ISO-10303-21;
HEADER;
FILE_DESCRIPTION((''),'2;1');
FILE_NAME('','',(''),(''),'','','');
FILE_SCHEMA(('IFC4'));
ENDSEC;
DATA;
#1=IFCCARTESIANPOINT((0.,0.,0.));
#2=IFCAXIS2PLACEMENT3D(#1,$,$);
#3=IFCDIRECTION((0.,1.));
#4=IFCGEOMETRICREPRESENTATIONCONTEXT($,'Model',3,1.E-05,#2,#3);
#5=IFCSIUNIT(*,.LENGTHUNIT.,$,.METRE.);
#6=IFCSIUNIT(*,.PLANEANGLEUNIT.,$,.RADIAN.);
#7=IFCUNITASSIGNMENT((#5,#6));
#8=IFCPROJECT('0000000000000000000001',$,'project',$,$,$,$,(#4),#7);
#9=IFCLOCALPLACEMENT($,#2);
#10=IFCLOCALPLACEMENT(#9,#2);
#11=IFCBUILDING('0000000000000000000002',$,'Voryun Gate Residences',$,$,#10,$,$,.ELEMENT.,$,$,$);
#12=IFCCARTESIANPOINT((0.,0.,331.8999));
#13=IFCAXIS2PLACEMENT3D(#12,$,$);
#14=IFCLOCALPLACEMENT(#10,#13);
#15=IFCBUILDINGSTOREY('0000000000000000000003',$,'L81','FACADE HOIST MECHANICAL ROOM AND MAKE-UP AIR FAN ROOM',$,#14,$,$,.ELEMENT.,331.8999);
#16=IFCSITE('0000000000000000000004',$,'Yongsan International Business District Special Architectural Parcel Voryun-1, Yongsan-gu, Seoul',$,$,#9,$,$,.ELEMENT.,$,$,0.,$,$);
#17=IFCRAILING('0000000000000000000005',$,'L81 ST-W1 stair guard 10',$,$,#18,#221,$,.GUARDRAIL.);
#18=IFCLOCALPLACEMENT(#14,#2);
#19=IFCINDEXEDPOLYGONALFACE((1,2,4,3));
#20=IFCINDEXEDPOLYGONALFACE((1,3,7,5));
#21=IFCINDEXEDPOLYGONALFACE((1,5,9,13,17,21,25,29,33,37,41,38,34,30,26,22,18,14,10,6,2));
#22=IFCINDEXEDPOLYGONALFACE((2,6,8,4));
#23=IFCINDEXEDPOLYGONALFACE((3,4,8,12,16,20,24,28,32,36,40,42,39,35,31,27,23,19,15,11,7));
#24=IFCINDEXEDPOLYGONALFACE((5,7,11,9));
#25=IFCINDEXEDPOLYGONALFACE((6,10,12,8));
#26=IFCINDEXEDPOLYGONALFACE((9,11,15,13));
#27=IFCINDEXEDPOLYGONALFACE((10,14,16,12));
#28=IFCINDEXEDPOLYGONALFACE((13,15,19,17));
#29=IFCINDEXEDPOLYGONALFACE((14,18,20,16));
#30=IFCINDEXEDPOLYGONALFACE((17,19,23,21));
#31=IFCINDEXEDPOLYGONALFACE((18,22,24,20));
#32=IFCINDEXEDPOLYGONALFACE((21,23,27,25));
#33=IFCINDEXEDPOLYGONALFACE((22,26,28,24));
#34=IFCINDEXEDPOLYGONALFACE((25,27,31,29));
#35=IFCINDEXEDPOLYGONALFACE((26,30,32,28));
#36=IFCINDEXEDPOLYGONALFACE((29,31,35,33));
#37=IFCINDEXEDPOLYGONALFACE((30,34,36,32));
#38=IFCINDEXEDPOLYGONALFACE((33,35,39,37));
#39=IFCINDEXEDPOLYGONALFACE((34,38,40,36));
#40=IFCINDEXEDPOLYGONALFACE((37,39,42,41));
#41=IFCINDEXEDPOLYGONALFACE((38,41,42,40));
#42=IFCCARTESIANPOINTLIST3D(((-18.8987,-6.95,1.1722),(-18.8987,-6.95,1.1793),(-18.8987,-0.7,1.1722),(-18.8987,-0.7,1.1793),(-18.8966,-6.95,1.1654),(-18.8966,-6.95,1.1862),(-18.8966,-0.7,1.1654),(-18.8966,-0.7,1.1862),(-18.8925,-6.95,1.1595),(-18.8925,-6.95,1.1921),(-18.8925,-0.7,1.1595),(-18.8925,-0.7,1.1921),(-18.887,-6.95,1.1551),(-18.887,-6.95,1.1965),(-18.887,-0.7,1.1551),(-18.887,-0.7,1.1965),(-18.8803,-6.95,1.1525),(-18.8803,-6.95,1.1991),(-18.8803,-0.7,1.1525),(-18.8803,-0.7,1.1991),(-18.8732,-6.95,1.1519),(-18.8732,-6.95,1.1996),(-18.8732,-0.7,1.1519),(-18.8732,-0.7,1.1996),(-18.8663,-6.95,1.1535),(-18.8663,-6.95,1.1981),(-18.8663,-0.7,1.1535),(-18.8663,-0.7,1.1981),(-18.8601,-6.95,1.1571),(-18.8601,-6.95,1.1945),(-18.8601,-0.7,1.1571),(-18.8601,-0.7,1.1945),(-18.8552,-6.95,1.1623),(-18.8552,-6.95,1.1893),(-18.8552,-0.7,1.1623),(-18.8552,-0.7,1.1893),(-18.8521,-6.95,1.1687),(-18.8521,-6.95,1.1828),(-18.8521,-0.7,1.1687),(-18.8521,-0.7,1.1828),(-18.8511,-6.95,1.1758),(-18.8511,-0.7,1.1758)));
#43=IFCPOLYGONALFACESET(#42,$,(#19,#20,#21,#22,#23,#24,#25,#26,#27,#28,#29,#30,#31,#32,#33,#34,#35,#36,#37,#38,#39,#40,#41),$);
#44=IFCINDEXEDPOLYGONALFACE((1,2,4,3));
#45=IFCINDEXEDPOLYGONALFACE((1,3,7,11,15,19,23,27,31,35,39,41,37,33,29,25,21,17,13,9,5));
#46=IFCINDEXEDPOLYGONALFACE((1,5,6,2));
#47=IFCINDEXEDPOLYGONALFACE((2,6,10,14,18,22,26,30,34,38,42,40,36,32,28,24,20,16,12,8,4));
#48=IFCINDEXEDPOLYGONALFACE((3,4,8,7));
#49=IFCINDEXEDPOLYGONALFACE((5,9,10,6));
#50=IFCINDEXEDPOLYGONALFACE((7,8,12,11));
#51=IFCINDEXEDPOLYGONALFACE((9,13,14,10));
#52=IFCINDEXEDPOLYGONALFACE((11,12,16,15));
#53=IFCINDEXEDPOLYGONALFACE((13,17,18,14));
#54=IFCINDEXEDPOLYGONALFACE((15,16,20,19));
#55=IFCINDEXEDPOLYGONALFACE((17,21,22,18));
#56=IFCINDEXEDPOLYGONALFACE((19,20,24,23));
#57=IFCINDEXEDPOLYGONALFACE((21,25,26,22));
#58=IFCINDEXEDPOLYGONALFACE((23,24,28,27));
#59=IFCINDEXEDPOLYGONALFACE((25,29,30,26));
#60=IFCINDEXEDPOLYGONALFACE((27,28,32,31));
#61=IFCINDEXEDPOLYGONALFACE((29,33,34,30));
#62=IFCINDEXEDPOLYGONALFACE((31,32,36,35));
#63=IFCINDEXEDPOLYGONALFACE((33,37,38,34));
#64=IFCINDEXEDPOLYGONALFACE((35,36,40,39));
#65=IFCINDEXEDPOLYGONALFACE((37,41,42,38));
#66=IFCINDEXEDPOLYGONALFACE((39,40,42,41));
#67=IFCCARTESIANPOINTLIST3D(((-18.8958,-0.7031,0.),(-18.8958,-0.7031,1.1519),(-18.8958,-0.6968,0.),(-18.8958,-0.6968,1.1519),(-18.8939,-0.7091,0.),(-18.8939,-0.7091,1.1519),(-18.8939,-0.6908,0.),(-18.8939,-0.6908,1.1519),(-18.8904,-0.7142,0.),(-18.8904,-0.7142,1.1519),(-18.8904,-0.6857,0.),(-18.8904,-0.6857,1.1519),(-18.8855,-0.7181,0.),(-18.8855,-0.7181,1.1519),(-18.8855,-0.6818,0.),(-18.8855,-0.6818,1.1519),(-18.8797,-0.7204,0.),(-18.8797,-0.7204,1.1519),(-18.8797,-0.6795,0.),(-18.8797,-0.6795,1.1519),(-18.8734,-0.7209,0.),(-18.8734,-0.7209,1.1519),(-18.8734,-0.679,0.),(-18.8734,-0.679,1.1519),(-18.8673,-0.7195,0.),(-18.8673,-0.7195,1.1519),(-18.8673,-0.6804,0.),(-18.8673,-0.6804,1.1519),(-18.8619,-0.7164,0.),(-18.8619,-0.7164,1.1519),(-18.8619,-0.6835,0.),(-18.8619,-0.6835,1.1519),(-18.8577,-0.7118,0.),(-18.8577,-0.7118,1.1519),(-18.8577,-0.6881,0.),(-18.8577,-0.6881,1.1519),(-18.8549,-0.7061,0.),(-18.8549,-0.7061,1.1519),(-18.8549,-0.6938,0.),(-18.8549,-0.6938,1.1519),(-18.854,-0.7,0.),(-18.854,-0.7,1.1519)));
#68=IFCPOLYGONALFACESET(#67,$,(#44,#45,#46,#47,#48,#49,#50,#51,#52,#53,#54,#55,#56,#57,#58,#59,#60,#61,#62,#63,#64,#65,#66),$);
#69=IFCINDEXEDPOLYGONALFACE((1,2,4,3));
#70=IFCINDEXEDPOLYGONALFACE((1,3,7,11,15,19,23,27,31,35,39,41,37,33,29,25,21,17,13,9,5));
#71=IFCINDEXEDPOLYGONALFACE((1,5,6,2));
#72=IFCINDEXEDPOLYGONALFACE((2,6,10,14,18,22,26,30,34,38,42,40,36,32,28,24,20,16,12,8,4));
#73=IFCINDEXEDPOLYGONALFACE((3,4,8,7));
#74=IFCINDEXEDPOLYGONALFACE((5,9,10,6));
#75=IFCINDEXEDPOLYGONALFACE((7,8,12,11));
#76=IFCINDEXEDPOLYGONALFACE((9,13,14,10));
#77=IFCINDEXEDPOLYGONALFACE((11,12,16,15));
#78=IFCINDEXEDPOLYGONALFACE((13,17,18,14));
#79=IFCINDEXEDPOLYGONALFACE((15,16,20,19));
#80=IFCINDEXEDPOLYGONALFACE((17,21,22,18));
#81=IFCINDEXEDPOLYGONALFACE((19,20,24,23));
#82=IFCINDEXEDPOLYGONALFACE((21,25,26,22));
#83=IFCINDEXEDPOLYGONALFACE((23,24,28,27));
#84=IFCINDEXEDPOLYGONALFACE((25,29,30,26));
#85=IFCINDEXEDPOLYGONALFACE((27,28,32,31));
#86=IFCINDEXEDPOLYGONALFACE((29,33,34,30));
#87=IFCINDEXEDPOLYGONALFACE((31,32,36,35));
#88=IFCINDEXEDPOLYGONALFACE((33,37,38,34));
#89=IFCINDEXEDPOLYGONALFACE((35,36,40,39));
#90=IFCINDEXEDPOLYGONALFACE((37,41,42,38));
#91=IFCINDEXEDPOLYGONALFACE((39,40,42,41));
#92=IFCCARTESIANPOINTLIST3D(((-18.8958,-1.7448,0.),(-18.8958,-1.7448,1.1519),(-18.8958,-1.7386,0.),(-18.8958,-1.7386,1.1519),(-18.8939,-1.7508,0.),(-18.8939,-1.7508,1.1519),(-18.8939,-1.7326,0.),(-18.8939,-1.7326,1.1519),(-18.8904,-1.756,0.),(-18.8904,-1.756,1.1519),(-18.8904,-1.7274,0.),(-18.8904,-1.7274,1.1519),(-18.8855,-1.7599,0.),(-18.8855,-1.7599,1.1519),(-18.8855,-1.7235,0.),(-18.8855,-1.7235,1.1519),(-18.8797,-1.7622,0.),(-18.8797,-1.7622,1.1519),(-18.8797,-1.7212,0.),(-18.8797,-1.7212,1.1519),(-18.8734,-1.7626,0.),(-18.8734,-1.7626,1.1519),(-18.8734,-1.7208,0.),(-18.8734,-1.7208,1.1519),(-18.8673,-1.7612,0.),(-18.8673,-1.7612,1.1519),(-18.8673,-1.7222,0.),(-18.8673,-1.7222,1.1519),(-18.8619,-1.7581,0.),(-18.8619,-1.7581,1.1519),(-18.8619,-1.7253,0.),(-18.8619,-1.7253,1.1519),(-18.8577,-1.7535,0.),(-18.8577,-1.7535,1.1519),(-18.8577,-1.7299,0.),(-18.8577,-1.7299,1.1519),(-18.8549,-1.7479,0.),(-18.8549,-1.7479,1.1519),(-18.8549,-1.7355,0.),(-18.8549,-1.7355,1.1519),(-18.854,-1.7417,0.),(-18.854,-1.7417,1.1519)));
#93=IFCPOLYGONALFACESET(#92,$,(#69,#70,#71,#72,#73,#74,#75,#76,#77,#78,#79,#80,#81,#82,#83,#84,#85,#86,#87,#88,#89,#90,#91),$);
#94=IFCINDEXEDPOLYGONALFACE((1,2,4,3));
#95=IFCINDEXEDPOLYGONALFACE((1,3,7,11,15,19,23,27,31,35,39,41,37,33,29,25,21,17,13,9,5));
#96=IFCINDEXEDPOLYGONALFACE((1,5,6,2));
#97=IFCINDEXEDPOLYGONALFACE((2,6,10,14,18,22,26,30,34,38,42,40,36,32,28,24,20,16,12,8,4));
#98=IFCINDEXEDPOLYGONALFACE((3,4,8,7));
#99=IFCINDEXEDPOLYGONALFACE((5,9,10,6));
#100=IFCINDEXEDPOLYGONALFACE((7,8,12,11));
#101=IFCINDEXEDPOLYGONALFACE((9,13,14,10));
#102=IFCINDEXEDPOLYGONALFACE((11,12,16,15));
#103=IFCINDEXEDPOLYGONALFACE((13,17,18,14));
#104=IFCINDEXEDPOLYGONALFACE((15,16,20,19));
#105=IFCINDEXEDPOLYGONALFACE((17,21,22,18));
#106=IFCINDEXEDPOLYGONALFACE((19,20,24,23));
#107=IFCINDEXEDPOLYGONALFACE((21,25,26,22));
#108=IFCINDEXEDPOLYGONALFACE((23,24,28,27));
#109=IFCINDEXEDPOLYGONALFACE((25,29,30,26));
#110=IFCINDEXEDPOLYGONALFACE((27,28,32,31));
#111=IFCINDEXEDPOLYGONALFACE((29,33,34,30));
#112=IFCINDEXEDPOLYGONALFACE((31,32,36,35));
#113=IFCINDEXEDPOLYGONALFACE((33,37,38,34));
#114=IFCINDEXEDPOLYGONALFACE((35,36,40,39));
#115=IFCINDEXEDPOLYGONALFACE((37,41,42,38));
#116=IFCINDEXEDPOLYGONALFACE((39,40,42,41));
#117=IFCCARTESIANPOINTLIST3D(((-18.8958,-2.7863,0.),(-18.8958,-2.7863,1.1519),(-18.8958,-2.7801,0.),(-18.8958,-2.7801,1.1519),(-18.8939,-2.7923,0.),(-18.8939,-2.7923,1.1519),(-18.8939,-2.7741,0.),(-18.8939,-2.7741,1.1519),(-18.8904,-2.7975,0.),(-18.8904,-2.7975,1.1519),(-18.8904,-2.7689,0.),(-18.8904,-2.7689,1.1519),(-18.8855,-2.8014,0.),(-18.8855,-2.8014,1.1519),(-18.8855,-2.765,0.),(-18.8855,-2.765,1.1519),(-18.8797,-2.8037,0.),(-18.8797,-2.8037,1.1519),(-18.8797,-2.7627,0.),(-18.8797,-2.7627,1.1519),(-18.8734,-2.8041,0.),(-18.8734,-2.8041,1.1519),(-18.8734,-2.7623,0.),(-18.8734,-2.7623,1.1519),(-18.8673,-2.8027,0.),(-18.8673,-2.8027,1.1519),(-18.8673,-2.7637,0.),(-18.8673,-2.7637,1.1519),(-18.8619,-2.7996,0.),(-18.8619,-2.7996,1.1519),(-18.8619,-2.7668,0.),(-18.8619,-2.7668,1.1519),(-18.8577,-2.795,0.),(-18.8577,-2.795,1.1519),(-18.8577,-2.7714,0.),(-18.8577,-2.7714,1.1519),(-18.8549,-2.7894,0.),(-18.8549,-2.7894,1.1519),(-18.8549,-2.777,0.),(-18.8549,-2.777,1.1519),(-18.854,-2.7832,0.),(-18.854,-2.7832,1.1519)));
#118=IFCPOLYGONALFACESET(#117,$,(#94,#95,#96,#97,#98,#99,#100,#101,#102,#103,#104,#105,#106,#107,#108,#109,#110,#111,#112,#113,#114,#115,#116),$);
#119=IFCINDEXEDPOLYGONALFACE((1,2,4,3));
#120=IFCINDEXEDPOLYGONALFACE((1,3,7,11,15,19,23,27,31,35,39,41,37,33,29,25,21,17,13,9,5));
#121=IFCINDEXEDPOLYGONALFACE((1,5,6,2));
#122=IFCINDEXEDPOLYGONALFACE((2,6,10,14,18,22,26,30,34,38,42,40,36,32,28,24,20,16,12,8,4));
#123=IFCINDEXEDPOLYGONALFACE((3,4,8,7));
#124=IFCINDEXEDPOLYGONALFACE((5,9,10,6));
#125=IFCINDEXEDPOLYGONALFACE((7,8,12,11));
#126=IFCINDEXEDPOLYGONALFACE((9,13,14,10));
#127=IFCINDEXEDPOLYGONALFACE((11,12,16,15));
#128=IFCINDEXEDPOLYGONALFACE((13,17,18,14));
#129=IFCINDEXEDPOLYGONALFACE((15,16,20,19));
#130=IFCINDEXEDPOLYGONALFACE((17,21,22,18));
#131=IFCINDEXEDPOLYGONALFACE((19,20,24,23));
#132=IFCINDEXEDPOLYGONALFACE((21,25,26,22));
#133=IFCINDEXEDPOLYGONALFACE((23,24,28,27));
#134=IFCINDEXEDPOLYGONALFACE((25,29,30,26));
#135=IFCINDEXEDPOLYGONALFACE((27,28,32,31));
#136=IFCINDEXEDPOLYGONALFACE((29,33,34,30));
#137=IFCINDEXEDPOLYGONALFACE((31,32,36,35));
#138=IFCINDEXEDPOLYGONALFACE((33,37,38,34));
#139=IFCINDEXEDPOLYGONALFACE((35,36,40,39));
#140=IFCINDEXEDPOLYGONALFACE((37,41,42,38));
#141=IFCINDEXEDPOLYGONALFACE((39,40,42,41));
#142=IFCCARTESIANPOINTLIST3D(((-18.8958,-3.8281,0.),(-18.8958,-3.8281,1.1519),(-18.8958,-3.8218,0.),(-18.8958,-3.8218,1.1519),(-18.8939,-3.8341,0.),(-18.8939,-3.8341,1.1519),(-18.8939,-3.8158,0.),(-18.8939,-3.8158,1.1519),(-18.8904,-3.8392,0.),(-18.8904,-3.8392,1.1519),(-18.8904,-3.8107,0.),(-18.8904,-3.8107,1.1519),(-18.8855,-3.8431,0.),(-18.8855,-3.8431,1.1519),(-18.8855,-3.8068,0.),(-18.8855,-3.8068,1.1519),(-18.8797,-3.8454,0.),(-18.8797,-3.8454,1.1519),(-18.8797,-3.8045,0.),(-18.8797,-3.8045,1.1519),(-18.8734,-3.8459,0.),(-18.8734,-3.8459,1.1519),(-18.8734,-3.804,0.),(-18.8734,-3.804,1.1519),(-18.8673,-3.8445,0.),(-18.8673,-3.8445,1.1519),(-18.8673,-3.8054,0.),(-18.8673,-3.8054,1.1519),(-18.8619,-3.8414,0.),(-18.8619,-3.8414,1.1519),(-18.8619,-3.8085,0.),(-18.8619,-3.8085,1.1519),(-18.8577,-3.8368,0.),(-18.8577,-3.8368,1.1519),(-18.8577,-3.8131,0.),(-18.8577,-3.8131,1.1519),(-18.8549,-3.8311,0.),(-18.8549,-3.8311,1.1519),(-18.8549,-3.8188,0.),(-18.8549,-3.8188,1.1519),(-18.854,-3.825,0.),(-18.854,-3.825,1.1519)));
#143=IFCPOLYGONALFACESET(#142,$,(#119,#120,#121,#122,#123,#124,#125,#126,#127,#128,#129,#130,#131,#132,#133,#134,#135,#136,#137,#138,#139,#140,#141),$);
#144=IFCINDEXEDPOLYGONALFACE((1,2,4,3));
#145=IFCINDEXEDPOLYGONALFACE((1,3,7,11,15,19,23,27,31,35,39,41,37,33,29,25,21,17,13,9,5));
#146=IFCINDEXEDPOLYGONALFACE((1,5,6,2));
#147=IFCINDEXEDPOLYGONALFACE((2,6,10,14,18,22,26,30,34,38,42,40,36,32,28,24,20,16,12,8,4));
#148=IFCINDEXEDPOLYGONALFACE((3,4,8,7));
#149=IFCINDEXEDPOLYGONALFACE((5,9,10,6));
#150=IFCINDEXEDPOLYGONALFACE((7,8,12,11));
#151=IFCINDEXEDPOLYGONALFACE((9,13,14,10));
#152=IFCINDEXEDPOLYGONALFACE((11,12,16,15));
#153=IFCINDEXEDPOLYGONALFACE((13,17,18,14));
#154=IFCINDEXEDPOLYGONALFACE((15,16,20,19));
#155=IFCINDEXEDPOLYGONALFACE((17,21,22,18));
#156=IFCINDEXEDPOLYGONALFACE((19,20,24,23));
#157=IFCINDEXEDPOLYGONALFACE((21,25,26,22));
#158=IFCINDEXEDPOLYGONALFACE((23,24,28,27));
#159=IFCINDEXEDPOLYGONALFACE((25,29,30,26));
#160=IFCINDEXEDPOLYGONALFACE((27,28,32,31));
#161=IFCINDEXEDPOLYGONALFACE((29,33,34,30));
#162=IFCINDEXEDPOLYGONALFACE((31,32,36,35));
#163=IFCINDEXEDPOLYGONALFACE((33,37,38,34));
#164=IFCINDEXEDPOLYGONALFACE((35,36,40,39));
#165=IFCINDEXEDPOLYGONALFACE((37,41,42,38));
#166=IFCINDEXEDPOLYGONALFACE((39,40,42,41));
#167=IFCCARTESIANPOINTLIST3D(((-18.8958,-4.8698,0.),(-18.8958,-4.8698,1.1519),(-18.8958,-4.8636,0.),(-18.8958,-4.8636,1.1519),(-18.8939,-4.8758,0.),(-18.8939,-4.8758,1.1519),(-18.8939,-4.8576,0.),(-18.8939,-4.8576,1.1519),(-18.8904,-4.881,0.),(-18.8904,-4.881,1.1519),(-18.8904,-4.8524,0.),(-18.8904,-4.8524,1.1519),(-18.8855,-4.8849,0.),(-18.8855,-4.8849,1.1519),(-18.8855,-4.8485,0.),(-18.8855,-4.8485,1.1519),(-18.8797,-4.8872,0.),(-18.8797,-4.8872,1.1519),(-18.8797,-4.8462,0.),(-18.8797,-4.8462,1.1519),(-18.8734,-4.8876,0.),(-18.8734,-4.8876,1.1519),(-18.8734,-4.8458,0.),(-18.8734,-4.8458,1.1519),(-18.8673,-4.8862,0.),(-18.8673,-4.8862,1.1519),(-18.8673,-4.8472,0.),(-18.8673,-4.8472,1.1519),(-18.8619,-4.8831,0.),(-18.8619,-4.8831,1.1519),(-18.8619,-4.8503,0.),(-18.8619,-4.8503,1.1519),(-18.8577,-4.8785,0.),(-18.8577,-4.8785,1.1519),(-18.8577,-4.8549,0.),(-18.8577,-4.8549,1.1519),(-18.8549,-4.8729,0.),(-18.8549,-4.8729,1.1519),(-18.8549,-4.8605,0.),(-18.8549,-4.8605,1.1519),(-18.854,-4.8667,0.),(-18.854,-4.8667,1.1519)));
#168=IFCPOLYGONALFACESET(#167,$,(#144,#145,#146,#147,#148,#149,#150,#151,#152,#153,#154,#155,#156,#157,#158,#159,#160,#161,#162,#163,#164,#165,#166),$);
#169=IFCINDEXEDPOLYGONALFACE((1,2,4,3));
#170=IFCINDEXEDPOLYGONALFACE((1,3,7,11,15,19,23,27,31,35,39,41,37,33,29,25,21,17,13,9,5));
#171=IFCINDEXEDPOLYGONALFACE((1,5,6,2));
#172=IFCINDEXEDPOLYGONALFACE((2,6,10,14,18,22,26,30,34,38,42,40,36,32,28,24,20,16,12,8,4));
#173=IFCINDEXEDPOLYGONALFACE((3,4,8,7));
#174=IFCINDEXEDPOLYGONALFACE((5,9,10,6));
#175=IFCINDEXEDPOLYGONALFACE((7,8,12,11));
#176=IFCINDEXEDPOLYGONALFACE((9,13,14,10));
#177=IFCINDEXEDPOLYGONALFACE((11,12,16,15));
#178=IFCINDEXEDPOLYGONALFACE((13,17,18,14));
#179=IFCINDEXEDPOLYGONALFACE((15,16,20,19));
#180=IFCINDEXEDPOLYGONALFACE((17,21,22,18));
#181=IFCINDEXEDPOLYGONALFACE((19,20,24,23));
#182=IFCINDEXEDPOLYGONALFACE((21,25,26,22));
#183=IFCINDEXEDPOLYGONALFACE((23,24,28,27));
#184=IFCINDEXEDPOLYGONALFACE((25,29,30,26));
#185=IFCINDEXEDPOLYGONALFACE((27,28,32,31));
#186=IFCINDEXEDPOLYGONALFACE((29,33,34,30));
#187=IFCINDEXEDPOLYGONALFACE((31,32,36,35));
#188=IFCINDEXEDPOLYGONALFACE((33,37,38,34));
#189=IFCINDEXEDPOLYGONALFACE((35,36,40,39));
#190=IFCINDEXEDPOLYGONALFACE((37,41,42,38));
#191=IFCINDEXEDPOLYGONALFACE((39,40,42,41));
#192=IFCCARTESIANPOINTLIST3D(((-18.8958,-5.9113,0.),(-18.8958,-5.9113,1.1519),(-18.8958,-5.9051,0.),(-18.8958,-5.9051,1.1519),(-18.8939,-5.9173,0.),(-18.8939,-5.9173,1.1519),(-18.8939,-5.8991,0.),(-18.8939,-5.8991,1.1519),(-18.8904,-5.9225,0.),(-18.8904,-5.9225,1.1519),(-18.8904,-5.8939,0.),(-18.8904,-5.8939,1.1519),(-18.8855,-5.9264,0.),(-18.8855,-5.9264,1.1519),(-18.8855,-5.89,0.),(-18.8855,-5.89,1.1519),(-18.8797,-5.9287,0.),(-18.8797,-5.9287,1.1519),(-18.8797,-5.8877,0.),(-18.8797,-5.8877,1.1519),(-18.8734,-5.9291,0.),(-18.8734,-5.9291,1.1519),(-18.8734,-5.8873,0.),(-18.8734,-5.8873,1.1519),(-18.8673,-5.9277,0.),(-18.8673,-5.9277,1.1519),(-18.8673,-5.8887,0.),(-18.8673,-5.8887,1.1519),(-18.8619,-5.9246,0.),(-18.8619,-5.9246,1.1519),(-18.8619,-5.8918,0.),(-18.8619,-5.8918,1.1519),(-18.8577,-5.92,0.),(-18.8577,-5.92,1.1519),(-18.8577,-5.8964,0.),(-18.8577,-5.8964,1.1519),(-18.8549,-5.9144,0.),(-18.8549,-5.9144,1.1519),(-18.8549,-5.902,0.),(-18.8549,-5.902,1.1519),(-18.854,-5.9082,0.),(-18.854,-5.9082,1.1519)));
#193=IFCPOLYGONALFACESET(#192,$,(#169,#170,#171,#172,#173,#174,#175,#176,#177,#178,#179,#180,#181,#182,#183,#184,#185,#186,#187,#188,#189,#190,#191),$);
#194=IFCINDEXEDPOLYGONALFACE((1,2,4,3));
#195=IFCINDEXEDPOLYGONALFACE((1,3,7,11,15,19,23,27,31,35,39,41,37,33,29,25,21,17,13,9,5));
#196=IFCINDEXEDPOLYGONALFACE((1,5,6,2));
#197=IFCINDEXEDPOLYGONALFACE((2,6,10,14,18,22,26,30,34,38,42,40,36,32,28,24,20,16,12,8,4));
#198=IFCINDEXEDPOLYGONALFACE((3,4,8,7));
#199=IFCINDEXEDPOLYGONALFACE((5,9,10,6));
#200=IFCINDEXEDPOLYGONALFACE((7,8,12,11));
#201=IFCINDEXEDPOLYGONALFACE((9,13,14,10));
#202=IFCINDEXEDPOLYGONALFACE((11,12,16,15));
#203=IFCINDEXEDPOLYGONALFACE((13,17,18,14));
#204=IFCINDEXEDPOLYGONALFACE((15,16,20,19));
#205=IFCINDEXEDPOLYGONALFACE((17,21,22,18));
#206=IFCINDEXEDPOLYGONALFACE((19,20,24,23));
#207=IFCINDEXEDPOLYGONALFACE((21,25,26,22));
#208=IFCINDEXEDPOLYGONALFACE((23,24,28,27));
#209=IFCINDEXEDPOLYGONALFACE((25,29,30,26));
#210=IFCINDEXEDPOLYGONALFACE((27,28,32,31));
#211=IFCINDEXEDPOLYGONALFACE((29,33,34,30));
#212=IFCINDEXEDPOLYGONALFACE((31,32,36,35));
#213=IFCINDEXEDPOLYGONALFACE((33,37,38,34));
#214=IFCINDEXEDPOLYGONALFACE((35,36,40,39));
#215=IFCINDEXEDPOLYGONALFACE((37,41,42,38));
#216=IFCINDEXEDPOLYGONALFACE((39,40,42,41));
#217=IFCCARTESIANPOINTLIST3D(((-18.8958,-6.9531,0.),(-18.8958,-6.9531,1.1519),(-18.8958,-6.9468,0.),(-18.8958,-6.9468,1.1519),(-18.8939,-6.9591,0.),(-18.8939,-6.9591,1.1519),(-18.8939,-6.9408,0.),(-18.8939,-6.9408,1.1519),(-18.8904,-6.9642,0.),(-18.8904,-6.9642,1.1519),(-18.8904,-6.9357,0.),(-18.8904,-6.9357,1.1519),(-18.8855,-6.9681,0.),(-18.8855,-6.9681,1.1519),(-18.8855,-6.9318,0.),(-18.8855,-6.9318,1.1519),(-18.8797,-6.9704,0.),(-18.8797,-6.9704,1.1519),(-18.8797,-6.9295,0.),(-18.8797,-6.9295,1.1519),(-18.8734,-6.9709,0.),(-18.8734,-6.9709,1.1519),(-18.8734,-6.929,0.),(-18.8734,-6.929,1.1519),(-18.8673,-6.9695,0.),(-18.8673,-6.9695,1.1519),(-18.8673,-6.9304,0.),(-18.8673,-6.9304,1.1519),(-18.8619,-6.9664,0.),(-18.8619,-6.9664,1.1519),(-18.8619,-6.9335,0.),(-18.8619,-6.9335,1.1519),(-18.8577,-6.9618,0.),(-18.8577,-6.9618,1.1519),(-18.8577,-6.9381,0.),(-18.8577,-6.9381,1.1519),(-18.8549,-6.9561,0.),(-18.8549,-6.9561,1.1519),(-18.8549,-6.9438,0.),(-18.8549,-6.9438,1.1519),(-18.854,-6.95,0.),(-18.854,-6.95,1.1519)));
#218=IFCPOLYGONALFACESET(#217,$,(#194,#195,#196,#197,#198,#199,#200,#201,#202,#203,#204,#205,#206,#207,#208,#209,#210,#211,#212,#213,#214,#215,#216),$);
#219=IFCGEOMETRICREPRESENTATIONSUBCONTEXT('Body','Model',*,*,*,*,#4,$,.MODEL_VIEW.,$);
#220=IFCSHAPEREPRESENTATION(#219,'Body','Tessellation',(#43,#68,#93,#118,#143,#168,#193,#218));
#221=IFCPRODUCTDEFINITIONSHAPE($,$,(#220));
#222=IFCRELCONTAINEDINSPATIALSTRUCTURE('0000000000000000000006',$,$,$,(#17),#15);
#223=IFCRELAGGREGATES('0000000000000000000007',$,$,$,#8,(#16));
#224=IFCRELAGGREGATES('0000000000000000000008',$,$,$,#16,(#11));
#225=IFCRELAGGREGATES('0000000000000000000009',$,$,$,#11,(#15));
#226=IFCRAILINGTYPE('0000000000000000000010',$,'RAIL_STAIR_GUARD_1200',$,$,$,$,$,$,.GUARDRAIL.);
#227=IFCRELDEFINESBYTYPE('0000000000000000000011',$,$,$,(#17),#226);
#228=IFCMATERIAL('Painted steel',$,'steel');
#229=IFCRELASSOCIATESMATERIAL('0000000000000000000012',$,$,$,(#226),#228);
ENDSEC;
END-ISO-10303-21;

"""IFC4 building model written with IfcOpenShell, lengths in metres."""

from ifc_helpers import new_model, si_unit, direction, frame, origin, origin_2d, place, context, subcontext, project, spatial, circle, extrude, material, type_object, element, save


model = new_model("IFC4")

# Units and contexts
model_context = context("Model", 3, precision=1e-05, world=origin(), true_north=direction((0.0, 1.0)))
body_context = subcontext(model_context, "Body", "Model", "MODEL_VIEW")
ifc_project = project(units=[si_unit("LENGTHUNIT", "METRE"), si_unit("PLANEANGLEUNIT", "RADIAN")], contexts=[model_context])

# Site, building, storey
site_placement = place(None, origin())
site = spatial("IfcSite", under=ifc_project, at=site_placement, Name="Yongsan International Business District Special Architectural Parcel Voryun-1, Yongsan-gu, Seoul", CompositionType="ELEMENT", RefElevation=0.0)
building_placement = place(site_placement, origin())
building = spatial("IfcBuilding", under=site, at=building_placement, Name="Voryun Gate Residences", CompositionType="ELEMENT")
storey_placement = place(building_placement, frame((0.0, 0.0, 331.8999)))
storey = spatial("IfcBuildingStorey", under=building, at=storey_placement, Name="L81", Description="FACADE HOIST MECHANICAL ROOM AND MAKE-UP AIR FAN ROOM", CompositionType="ELEMENT", Elevation=331.8999)

# Railing
ifc_material_1 = material(Name="Painted steel", Category="steel")
railing_type = type_object("IfcRailingType", Name="RAIL_STAIR_GUARD_1200", PredefinedType="GUARDRAIL", material=ifc_material_1)
railing_1_placement = place(storey_placement, frame((-18.875, -0.7, 0.0)))
element("IfcRailing", 1, at=railing_1_placement, inside=storey, type_object=railing_type, Name="L81 ST-W1 stair guard 10", PredefinedType="GUARDRAIL", context=body_context, shape_type="SweptSolid", body=[
    extrude(circle(Radius=0.0239, at=origin_2d()), frame((0.0, 0.0, 1.1758), z_axis=(0.0, -1.0, 0.0), x_axis=(1.0, 0.0, 0.0)), (0.0, 0.0, 1.0), 6.25),
    extrude(circle(Radius=0.021, at=origin_2d()), origin(), (0.0, 0.0, 1.0), 1.1519),
    extrude(circle(Radius=0.021, at=origin_2d()), frame((0.0, -1.0417, 0.0)), (0.0, 0.0, 1.0), 1.1519),
    extrude(circle(Radius=0.021, at=origin_2d()), frame((0.0, -2.0833, 0.0)), (0.0, 0.0, 1.0), 1.1519),
    extrude(circle(Radius=0.021, at=origin_2d()), frame((0.0, -3.125, 0.0)), (0.0, 0.0, 1.0), 1.1519),
    extrude(circle(Radius=0.021, at=origin_2d()), frame((0.0, -4.1667, 0.0)), (0.0, 0.0, 1.0), 1.1519),
    extrude(circle(Radius=0.021, at=origin_2d()), frame((0.0, -5.2083, 0.0)), (0.0, 0.0, 1.0), 1.1519),
    extrude(circle(Radius=0.021, at=origin_2d()), frame((0.0, -6.25, 0.0)), (0.0, 0.0, 1.0), 1.1519),
])

save(model, "model.ifc")
